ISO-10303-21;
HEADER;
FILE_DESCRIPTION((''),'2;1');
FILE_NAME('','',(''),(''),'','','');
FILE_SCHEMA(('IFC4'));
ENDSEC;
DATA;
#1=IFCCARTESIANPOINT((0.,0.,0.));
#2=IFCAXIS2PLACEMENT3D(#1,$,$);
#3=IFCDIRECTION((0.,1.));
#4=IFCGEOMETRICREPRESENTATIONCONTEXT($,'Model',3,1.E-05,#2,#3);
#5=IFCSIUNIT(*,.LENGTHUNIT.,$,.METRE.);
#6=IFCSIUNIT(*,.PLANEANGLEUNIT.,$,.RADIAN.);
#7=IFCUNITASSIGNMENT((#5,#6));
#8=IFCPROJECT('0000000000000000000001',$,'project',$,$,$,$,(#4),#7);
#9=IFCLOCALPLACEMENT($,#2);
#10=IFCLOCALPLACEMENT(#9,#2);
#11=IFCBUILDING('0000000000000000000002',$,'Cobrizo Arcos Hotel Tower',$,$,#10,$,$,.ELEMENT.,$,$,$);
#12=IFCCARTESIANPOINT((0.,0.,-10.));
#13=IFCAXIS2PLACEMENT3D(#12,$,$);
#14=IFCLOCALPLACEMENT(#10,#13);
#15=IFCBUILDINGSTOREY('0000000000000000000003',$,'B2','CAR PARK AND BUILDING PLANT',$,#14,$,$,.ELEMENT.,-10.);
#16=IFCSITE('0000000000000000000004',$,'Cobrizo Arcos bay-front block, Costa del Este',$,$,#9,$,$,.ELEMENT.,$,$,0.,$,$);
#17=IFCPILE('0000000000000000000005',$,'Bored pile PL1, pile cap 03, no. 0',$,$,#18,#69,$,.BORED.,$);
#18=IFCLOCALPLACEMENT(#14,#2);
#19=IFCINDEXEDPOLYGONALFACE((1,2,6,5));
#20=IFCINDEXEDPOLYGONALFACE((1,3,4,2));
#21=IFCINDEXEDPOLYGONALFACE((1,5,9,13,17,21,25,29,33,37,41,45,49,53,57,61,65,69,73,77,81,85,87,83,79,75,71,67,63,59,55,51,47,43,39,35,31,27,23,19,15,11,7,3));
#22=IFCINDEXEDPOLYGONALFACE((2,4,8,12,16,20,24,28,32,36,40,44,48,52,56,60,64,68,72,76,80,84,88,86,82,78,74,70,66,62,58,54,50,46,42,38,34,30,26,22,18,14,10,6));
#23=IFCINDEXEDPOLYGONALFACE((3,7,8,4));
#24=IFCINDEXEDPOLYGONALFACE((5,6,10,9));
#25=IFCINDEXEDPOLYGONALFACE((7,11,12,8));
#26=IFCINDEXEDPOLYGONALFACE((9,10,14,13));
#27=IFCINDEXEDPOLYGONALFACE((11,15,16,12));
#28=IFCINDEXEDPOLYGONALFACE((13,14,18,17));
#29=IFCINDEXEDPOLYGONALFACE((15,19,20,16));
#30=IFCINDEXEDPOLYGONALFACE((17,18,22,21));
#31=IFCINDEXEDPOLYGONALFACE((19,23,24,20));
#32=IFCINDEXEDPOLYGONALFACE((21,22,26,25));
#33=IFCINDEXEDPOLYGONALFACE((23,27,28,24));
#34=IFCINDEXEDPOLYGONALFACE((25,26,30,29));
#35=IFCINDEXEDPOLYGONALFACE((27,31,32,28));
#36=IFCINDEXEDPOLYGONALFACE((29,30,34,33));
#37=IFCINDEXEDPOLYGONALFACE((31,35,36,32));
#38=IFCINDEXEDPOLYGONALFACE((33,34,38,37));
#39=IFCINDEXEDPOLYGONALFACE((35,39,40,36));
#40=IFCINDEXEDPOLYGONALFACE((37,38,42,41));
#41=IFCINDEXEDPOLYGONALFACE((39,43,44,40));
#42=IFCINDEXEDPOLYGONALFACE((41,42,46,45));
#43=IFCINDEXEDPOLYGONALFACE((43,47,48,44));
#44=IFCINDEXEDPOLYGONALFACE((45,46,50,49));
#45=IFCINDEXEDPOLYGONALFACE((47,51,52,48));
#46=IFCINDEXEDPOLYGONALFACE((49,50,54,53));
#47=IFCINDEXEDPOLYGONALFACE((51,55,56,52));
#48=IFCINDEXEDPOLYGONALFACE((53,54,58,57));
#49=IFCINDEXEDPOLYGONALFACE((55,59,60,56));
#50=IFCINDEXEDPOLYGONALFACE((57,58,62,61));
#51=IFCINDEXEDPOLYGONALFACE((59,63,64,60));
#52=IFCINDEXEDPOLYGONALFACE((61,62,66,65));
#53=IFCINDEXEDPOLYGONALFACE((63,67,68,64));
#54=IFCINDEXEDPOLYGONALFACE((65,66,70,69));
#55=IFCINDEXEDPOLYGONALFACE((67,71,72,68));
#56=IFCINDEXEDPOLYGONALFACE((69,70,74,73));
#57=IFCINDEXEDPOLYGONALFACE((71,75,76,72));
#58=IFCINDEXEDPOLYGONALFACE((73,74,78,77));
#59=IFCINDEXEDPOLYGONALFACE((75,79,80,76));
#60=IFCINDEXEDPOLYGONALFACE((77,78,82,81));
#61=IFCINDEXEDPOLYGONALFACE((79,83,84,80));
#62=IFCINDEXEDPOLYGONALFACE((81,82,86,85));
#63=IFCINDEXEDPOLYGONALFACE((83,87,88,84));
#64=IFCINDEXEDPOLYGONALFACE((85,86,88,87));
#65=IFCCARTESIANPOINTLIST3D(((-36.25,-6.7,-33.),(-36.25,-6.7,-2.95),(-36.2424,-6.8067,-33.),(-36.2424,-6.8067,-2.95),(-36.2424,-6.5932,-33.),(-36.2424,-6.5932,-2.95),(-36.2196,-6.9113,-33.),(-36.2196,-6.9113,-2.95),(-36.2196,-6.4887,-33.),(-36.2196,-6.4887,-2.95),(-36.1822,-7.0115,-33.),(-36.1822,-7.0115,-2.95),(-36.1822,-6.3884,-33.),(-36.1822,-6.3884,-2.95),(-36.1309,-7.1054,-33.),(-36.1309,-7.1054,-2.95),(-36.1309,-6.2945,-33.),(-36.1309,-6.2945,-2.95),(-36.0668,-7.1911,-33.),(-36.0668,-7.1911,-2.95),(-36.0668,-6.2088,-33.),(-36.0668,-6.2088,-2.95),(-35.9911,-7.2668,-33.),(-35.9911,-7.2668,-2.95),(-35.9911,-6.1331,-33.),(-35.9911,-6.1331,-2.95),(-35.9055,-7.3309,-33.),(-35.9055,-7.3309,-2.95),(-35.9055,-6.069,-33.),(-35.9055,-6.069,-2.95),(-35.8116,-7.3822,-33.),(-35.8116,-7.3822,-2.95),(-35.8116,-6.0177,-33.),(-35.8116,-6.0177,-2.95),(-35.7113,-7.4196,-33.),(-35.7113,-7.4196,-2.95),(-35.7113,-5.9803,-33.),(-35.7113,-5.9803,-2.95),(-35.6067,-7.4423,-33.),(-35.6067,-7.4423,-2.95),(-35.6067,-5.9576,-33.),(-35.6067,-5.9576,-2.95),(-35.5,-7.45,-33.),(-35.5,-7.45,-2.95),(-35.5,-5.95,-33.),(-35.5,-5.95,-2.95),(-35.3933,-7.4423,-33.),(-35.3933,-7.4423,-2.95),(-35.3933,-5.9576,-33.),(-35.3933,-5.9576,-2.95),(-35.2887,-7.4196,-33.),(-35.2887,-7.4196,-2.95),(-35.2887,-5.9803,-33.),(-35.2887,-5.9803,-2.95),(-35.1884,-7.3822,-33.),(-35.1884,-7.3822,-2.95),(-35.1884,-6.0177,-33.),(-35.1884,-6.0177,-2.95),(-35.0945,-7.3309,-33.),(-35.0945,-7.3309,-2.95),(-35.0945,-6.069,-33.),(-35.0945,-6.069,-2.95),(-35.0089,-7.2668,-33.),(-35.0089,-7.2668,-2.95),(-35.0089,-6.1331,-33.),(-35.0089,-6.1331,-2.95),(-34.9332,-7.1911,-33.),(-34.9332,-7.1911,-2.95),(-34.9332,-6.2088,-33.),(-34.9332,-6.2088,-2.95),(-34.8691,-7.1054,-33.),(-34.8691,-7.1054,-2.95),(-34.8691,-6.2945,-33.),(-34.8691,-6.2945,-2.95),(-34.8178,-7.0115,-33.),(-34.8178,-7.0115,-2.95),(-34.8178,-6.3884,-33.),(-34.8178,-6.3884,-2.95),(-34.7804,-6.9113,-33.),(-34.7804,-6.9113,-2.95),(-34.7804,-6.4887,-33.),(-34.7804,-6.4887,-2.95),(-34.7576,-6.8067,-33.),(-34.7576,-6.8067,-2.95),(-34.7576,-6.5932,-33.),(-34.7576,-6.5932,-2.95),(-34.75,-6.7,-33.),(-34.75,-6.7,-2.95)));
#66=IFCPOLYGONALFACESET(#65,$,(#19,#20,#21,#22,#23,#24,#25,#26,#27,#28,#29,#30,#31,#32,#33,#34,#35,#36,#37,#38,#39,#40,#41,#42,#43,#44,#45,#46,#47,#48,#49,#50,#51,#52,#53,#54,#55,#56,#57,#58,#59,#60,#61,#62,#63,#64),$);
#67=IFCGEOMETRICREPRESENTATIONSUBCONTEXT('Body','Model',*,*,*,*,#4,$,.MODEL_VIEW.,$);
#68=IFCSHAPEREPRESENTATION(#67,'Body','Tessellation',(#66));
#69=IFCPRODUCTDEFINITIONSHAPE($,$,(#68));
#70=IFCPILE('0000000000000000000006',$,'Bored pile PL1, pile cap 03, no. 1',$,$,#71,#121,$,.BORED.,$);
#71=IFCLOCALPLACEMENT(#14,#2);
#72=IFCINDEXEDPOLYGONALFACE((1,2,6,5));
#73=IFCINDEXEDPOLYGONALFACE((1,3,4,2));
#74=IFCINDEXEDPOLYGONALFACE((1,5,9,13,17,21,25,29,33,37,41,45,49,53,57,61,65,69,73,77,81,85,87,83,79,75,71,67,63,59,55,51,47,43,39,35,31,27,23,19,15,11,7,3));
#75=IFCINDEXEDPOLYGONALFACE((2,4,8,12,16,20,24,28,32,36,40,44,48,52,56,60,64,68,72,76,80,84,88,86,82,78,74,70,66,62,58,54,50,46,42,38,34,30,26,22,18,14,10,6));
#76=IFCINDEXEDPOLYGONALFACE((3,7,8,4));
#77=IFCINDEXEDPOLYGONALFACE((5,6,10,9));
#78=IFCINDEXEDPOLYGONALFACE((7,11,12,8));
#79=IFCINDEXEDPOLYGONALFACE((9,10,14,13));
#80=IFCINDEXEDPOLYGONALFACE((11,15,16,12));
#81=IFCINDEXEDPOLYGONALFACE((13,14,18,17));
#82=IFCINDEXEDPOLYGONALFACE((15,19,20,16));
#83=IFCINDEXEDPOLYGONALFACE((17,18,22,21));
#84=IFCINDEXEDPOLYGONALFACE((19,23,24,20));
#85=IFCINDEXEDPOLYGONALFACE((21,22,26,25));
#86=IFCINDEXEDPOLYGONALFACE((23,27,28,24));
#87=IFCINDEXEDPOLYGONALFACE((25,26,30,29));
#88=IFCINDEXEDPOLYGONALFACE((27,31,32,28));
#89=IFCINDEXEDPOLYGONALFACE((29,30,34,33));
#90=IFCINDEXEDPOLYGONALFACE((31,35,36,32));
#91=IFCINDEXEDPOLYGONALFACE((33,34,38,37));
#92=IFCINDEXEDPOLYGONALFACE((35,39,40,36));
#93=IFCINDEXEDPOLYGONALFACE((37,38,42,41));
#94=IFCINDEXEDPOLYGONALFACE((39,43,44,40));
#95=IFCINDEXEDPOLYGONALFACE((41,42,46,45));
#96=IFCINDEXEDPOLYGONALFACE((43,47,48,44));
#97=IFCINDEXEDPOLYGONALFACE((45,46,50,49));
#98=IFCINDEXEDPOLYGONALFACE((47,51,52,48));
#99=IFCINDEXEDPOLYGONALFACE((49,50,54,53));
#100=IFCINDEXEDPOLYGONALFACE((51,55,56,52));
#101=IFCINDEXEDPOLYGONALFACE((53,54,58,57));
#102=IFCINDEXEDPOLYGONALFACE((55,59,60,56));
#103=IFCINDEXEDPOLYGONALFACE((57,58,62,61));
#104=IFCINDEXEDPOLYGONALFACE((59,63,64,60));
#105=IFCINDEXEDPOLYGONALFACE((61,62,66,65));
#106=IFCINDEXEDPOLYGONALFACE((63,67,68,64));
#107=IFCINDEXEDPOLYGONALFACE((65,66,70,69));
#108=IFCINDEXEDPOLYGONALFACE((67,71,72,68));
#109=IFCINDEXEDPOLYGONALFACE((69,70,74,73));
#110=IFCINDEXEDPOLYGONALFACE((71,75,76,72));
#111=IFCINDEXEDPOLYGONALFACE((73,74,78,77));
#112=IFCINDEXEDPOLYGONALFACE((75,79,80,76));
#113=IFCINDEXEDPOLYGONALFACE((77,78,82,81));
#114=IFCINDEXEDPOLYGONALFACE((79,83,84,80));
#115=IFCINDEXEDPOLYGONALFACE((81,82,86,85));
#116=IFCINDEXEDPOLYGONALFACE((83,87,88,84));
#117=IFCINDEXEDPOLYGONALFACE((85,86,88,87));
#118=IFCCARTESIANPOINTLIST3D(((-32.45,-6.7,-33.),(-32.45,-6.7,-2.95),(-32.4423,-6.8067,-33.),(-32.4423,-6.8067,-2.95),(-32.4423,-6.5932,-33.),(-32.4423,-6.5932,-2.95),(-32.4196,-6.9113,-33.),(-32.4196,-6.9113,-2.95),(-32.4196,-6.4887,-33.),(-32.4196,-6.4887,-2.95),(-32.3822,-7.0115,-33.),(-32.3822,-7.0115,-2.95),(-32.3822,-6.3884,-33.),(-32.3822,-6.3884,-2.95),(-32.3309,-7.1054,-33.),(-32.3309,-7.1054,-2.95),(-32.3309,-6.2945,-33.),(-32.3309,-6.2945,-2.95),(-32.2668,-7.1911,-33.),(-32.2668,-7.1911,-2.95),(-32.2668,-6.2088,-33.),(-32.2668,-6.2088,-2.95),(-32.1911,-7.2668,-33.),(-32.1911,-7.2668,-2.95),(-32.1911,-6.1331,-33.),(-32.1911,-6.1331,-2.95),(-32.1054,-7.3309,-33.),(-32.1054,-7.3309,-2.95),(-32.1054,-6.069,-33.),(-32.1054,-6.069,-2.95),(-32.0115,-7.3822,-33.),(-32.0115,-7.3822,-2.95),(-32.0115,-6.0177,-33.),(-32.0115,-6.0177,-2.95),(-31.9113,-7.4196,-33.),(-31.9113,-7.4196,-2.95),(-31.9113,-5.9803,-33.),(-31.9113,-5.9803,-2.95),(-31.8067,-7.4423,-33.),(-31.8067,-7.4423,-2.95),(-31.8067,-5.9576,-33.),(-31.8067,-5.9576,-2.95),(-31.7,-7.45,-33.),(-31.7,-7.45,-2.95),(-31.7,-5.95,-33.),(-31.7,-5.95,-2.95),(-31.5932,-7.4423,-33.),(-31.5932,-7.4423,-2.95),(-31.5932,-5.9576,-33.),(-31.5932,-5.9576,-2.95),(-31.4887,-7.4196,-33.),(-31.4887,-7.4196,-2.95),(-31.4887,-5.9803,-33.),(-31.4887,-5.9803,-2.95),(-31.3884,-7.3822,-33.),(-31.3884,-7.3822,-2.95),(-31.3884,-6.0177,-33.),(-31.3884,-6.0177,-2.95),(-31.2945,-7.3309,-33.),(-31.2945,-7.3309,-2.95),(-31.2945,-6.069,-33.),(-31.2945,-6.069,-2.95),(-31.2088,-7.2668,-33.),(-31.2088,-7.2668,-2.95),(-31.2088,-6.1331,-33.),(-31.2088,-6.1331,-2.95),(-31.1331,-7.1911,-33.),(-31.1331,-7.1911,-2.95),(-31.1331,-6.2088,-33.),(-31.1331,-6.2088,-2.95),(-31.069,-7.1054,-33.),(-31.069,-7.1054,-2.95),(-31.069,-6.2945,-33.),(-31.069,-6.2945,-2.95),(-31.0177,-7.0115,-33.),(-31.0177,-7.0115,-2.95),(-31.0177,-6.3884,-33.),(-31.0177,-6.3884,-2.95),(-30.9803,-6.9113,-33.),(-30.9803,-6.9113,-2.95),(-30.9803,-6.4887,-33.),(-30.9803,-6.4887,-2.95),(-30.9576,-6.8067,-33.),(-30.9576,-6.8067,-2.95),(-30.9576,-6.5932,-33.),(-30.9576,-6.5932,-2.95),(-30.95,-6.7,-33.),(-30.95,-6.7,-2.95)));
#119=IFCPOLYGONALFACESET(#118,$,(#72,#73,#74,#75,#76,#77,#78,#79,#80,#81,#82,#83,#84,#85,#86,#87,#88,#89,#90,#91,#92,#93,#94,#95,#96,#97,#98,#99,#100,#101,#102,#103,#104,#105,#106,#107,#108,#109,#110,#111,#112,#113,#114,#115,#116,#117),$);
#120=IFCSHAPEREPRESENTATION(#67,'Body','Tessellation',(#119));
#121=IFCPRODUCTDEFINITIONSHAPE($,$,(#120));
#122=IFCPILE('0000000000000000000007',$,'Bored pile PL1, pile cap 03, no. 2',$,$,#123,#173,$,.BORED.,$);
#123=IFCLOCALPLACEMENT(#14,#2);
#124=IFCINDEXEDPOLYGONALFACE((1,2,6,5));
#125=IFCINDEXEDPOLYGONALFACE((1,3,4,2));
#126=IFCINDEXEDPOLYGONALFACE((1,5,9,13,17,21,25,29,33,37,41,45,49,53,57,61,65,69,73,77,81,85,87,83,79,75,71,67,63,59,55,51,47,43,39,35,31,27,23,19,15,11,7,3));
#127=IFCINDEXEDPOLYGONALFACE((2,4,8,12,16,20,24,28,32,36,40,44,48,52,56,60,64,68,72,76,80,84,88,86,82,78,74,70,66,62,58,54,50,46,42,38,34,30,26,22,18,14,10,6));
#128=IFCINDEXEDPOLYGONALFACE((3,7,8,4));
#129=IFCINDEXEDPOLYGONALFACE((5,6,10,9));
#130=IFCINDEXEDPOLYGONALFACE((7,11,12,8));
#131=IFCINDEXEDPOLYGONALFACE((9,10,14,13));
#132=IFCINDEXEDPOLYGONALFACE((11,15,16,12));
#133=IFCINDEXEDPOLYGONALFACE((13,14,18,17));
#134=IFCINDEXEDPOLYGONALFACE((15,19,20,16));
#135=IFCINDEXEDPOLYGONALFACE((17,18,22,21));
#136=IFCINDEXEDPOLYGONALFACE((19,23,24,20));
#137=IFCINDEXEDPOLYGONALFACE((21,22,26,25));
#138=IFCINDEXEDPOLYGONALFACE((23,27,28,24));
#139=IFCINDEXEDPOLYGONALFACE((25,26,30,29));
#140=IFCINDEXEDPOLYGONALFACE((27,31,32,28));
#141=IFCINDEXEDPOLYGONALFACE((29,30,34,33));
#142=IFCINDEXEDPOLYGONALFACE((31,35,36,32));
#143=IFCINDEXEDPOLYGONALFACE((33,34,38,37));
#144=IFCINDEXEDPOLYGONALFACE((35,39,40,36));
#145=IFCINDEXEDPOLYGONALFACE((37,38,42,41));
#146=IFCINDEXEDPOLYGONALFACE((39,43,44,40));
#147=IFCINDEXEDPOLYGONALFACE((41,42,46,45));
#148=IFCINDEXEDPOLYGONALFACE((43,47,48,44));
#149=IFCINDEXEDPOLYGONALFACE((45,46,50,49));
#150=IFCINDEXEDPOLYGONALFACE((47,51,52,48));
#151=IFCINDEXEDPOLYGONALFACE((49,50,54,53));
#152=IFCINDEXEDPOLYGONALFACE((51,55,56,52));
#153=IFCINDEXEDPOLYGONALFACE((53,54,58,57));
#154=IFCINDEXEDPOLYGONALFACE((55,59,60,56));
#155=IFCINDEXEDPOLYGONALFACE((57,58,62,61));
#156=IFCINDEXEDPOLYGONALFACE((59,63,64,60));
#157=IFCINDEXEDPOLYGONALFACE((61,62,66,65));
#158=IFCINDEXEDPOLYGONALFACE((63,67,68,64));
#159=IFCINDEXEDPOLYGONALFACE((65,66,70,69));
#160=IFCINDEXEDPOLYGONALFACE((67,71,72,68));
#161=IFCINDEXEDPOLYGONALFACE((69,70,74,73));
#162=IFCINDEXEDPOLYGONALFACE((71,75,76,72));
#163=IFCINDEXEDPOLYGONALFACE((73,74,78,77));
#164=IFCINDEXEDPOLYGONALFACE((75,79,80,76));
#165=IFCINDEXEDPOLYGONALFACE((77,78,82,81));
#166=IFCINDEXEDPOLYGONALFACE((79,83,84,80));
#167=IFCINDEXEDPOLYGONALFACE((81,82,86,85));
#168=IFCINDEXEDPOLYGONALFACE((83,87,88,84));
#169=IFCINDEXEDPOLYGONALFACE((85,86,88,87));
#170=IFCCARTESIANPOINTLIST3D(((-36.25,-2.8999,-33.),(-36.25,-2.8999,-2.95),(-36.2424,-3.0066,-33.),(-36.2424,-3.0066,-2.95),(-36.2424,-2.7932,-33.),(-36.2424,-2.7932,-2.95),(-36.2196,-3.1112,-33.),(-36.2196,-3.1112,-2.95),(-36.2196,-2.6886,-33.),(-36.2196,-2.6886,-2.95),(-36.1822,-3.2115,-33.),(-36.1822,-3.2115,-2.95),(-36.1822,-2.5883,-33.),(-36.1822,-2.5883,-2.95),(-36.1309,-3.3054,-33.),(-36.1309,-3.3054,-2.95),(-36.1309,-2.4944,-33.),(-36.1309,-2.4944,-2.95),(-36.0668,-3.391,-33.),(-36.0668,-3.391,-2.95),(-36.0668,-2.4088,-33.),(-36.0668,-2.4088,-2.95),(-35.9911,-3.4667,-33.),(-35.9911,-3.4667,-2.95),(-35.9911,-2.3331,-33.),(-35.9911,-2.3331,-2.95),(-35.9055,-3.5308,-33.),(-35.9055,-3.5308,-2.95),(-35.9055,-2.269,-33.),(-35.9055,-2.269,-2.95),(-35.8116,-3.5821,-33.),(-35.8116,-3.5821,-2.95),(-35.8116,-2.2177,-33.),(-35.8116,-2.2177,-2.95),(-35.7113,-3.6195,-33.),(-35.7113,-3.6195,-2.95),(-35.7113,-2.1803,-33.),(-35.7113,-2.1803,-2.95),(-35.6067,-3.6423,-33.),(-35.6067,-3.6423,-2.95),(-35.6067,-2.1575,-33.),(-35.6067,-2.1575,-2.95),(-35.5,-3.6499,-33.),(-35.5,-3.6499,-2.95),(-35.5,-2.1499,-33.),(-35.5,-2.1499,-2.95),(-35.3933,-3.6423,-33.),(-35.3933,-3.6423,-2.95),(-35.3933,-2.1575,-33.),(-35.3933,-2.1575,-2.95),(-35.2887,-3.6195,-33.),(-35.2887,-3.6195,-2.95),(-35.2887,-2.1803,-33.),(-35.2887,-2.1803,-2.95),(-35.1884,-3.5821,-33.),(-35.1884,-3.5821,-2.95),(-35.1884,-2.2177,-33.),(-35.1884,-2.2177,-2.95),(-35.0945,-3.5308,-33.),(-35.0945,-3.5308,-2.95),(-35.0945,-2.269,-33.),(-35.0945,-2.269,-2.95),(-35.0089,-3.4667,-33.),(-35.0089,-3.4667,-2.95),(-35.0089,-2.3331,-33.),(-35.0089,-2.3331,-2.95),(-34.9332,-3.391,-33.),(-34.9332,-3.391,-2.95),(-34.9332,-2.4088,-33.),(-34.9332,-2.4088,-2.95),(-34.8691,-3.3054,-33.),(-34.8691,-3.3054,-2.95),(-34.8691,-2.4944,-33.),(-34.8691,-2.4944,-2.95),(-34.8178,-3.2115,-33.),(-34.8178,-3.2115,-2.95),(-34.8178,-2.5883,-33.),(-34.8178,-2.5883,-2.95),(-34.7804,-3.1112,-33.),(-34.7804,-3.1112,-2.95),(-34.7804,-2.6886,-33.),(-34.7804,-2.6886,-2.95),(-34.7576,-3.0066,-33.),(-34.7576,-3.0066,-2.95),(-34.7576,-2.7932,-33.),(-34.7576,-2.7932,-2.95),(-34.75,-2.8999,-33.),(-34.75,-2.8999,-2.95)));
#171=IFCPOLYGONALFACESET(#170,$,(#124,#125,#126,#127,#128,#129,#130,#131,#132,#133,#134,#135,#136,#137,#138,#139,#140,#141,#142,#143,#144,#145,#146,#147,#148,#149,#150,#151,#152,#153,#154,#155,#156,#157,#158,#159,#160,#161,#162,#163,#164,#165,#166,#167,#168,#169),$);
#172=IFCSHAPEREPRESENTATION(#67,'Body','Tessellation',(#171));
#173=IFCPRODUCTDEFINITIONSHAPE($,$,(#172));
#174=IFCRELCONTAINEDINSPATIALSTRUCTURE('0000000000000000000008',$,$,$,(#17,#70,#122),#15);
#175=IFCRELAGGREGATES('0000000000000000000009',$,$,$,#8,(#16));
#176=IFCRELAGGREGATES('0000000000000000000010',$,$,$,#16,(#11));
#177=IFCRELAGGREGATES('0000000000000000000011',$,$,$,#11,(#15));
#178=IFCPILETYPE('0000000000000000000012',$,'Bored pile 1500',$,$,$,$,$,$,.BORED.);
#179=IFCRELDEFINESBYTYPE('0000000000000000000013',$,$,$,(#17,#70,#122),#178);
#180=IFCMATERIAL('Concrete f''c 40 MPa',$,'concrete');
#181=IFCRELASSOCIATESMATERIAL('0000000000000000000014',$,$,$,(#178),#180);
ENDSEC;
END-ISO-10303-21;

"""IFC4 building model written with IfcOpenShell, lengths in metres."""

from ifc_helpers import new_model, si_unit, direction, frame, origin, origin_2d, place, context, subcontext, project, spatial, circle, extrude, material, material_profile, profile_set, type_object, element, save


model = new_model("IFC4")

# Units and contexts
model_context = context("Model", 3, precision=1e-05, world=origin(), true_north=direction((0.0, 1.0)))
body_context = subcontext(model_context, "Body", "Model", "MODEL_VIEW")
ifc_project = project(units=[si_unit("LENGTHUNIT", "METRE"), si_unit("PLANEANGLEUNIT", "RADIAN")], contexts=[model_context])

# Site, building, storey
site_placement = place(None, origin())
site = spatial("IfcSite", under=ifc_project, at=site_placement, Name="Cobrizo Arcos bay-front block, Costa del Este", CompositionType="ELEMENT", RefElevation=0.0)
building_placement = place(site_placement, origin())
building = spatial("IfcBuilding", under=site, at=building_placement, Name="Cobrizo Arcos Hotel Tower", CompositionType="ELEMENT")
storey_placement = place(building_placement, frame((0.0, 0.0, -10.0)))
storey = spatial("IfcBuildingStorey", under=building, at=storey_placement, Name="B2", Description="CAR PARK AND BUILDING PLANT", CompositionType="ELEMENT", Elevation=-10.0)

# Piles
ifc_material_1 = material(Name="Concrete f'c 40 MPa", Category="concrete")
ifc_material_profile_1 = material_profile(ifc_material_1, circle(Radius=0.75, at=origin_2d()), Name="BORED PILE 1500")
ifc_profile_set_1 = profile_set([ifc_material_profile_1], Name="Concrete f'c 40 MPa")
pile_type = type_object("IfcPileType", Name="Bored pile 1500", PredefinedType="BORED", material=ifc_profile_set_1)
for number, where, z_axis, x_axis, name in (
    (1, (-35.5, -6.7, -2.95), (0.0, 0.0, -1.0), (1.0, 0.0, 0.0), "Bored pile PL1, pile cap 03, no. 0"),
    (2, (-31.7, -6.7, -2.95), (0.0, 0.0, -1.0), (1.0, 0.0, 0.0), "Bored pile PL1, pile cap 03, no. 1"),
    (3, (-35.5, -2.8999, -2.95), (0.0, 0.0, -1.0), (1.0, 0.0, 0.0), "Bored pile PL1, pile cap 03, no. 2"),
):
    element("IfcPile", number, at=place(storey_placement, frame(where, z_axis=z_axis, x_axis=x_axis)), inside=storey, type_object=pile_type, Name=name, PredefinedType="BORED", context=body_context, shape_type="SweptSolid", body=[
        extrude(circle(Radius=0.75, at=origin_2d()), origin(), (0.0, 0.0, 1.0), 30.05),
    ])

save(model, "model.ifc")
